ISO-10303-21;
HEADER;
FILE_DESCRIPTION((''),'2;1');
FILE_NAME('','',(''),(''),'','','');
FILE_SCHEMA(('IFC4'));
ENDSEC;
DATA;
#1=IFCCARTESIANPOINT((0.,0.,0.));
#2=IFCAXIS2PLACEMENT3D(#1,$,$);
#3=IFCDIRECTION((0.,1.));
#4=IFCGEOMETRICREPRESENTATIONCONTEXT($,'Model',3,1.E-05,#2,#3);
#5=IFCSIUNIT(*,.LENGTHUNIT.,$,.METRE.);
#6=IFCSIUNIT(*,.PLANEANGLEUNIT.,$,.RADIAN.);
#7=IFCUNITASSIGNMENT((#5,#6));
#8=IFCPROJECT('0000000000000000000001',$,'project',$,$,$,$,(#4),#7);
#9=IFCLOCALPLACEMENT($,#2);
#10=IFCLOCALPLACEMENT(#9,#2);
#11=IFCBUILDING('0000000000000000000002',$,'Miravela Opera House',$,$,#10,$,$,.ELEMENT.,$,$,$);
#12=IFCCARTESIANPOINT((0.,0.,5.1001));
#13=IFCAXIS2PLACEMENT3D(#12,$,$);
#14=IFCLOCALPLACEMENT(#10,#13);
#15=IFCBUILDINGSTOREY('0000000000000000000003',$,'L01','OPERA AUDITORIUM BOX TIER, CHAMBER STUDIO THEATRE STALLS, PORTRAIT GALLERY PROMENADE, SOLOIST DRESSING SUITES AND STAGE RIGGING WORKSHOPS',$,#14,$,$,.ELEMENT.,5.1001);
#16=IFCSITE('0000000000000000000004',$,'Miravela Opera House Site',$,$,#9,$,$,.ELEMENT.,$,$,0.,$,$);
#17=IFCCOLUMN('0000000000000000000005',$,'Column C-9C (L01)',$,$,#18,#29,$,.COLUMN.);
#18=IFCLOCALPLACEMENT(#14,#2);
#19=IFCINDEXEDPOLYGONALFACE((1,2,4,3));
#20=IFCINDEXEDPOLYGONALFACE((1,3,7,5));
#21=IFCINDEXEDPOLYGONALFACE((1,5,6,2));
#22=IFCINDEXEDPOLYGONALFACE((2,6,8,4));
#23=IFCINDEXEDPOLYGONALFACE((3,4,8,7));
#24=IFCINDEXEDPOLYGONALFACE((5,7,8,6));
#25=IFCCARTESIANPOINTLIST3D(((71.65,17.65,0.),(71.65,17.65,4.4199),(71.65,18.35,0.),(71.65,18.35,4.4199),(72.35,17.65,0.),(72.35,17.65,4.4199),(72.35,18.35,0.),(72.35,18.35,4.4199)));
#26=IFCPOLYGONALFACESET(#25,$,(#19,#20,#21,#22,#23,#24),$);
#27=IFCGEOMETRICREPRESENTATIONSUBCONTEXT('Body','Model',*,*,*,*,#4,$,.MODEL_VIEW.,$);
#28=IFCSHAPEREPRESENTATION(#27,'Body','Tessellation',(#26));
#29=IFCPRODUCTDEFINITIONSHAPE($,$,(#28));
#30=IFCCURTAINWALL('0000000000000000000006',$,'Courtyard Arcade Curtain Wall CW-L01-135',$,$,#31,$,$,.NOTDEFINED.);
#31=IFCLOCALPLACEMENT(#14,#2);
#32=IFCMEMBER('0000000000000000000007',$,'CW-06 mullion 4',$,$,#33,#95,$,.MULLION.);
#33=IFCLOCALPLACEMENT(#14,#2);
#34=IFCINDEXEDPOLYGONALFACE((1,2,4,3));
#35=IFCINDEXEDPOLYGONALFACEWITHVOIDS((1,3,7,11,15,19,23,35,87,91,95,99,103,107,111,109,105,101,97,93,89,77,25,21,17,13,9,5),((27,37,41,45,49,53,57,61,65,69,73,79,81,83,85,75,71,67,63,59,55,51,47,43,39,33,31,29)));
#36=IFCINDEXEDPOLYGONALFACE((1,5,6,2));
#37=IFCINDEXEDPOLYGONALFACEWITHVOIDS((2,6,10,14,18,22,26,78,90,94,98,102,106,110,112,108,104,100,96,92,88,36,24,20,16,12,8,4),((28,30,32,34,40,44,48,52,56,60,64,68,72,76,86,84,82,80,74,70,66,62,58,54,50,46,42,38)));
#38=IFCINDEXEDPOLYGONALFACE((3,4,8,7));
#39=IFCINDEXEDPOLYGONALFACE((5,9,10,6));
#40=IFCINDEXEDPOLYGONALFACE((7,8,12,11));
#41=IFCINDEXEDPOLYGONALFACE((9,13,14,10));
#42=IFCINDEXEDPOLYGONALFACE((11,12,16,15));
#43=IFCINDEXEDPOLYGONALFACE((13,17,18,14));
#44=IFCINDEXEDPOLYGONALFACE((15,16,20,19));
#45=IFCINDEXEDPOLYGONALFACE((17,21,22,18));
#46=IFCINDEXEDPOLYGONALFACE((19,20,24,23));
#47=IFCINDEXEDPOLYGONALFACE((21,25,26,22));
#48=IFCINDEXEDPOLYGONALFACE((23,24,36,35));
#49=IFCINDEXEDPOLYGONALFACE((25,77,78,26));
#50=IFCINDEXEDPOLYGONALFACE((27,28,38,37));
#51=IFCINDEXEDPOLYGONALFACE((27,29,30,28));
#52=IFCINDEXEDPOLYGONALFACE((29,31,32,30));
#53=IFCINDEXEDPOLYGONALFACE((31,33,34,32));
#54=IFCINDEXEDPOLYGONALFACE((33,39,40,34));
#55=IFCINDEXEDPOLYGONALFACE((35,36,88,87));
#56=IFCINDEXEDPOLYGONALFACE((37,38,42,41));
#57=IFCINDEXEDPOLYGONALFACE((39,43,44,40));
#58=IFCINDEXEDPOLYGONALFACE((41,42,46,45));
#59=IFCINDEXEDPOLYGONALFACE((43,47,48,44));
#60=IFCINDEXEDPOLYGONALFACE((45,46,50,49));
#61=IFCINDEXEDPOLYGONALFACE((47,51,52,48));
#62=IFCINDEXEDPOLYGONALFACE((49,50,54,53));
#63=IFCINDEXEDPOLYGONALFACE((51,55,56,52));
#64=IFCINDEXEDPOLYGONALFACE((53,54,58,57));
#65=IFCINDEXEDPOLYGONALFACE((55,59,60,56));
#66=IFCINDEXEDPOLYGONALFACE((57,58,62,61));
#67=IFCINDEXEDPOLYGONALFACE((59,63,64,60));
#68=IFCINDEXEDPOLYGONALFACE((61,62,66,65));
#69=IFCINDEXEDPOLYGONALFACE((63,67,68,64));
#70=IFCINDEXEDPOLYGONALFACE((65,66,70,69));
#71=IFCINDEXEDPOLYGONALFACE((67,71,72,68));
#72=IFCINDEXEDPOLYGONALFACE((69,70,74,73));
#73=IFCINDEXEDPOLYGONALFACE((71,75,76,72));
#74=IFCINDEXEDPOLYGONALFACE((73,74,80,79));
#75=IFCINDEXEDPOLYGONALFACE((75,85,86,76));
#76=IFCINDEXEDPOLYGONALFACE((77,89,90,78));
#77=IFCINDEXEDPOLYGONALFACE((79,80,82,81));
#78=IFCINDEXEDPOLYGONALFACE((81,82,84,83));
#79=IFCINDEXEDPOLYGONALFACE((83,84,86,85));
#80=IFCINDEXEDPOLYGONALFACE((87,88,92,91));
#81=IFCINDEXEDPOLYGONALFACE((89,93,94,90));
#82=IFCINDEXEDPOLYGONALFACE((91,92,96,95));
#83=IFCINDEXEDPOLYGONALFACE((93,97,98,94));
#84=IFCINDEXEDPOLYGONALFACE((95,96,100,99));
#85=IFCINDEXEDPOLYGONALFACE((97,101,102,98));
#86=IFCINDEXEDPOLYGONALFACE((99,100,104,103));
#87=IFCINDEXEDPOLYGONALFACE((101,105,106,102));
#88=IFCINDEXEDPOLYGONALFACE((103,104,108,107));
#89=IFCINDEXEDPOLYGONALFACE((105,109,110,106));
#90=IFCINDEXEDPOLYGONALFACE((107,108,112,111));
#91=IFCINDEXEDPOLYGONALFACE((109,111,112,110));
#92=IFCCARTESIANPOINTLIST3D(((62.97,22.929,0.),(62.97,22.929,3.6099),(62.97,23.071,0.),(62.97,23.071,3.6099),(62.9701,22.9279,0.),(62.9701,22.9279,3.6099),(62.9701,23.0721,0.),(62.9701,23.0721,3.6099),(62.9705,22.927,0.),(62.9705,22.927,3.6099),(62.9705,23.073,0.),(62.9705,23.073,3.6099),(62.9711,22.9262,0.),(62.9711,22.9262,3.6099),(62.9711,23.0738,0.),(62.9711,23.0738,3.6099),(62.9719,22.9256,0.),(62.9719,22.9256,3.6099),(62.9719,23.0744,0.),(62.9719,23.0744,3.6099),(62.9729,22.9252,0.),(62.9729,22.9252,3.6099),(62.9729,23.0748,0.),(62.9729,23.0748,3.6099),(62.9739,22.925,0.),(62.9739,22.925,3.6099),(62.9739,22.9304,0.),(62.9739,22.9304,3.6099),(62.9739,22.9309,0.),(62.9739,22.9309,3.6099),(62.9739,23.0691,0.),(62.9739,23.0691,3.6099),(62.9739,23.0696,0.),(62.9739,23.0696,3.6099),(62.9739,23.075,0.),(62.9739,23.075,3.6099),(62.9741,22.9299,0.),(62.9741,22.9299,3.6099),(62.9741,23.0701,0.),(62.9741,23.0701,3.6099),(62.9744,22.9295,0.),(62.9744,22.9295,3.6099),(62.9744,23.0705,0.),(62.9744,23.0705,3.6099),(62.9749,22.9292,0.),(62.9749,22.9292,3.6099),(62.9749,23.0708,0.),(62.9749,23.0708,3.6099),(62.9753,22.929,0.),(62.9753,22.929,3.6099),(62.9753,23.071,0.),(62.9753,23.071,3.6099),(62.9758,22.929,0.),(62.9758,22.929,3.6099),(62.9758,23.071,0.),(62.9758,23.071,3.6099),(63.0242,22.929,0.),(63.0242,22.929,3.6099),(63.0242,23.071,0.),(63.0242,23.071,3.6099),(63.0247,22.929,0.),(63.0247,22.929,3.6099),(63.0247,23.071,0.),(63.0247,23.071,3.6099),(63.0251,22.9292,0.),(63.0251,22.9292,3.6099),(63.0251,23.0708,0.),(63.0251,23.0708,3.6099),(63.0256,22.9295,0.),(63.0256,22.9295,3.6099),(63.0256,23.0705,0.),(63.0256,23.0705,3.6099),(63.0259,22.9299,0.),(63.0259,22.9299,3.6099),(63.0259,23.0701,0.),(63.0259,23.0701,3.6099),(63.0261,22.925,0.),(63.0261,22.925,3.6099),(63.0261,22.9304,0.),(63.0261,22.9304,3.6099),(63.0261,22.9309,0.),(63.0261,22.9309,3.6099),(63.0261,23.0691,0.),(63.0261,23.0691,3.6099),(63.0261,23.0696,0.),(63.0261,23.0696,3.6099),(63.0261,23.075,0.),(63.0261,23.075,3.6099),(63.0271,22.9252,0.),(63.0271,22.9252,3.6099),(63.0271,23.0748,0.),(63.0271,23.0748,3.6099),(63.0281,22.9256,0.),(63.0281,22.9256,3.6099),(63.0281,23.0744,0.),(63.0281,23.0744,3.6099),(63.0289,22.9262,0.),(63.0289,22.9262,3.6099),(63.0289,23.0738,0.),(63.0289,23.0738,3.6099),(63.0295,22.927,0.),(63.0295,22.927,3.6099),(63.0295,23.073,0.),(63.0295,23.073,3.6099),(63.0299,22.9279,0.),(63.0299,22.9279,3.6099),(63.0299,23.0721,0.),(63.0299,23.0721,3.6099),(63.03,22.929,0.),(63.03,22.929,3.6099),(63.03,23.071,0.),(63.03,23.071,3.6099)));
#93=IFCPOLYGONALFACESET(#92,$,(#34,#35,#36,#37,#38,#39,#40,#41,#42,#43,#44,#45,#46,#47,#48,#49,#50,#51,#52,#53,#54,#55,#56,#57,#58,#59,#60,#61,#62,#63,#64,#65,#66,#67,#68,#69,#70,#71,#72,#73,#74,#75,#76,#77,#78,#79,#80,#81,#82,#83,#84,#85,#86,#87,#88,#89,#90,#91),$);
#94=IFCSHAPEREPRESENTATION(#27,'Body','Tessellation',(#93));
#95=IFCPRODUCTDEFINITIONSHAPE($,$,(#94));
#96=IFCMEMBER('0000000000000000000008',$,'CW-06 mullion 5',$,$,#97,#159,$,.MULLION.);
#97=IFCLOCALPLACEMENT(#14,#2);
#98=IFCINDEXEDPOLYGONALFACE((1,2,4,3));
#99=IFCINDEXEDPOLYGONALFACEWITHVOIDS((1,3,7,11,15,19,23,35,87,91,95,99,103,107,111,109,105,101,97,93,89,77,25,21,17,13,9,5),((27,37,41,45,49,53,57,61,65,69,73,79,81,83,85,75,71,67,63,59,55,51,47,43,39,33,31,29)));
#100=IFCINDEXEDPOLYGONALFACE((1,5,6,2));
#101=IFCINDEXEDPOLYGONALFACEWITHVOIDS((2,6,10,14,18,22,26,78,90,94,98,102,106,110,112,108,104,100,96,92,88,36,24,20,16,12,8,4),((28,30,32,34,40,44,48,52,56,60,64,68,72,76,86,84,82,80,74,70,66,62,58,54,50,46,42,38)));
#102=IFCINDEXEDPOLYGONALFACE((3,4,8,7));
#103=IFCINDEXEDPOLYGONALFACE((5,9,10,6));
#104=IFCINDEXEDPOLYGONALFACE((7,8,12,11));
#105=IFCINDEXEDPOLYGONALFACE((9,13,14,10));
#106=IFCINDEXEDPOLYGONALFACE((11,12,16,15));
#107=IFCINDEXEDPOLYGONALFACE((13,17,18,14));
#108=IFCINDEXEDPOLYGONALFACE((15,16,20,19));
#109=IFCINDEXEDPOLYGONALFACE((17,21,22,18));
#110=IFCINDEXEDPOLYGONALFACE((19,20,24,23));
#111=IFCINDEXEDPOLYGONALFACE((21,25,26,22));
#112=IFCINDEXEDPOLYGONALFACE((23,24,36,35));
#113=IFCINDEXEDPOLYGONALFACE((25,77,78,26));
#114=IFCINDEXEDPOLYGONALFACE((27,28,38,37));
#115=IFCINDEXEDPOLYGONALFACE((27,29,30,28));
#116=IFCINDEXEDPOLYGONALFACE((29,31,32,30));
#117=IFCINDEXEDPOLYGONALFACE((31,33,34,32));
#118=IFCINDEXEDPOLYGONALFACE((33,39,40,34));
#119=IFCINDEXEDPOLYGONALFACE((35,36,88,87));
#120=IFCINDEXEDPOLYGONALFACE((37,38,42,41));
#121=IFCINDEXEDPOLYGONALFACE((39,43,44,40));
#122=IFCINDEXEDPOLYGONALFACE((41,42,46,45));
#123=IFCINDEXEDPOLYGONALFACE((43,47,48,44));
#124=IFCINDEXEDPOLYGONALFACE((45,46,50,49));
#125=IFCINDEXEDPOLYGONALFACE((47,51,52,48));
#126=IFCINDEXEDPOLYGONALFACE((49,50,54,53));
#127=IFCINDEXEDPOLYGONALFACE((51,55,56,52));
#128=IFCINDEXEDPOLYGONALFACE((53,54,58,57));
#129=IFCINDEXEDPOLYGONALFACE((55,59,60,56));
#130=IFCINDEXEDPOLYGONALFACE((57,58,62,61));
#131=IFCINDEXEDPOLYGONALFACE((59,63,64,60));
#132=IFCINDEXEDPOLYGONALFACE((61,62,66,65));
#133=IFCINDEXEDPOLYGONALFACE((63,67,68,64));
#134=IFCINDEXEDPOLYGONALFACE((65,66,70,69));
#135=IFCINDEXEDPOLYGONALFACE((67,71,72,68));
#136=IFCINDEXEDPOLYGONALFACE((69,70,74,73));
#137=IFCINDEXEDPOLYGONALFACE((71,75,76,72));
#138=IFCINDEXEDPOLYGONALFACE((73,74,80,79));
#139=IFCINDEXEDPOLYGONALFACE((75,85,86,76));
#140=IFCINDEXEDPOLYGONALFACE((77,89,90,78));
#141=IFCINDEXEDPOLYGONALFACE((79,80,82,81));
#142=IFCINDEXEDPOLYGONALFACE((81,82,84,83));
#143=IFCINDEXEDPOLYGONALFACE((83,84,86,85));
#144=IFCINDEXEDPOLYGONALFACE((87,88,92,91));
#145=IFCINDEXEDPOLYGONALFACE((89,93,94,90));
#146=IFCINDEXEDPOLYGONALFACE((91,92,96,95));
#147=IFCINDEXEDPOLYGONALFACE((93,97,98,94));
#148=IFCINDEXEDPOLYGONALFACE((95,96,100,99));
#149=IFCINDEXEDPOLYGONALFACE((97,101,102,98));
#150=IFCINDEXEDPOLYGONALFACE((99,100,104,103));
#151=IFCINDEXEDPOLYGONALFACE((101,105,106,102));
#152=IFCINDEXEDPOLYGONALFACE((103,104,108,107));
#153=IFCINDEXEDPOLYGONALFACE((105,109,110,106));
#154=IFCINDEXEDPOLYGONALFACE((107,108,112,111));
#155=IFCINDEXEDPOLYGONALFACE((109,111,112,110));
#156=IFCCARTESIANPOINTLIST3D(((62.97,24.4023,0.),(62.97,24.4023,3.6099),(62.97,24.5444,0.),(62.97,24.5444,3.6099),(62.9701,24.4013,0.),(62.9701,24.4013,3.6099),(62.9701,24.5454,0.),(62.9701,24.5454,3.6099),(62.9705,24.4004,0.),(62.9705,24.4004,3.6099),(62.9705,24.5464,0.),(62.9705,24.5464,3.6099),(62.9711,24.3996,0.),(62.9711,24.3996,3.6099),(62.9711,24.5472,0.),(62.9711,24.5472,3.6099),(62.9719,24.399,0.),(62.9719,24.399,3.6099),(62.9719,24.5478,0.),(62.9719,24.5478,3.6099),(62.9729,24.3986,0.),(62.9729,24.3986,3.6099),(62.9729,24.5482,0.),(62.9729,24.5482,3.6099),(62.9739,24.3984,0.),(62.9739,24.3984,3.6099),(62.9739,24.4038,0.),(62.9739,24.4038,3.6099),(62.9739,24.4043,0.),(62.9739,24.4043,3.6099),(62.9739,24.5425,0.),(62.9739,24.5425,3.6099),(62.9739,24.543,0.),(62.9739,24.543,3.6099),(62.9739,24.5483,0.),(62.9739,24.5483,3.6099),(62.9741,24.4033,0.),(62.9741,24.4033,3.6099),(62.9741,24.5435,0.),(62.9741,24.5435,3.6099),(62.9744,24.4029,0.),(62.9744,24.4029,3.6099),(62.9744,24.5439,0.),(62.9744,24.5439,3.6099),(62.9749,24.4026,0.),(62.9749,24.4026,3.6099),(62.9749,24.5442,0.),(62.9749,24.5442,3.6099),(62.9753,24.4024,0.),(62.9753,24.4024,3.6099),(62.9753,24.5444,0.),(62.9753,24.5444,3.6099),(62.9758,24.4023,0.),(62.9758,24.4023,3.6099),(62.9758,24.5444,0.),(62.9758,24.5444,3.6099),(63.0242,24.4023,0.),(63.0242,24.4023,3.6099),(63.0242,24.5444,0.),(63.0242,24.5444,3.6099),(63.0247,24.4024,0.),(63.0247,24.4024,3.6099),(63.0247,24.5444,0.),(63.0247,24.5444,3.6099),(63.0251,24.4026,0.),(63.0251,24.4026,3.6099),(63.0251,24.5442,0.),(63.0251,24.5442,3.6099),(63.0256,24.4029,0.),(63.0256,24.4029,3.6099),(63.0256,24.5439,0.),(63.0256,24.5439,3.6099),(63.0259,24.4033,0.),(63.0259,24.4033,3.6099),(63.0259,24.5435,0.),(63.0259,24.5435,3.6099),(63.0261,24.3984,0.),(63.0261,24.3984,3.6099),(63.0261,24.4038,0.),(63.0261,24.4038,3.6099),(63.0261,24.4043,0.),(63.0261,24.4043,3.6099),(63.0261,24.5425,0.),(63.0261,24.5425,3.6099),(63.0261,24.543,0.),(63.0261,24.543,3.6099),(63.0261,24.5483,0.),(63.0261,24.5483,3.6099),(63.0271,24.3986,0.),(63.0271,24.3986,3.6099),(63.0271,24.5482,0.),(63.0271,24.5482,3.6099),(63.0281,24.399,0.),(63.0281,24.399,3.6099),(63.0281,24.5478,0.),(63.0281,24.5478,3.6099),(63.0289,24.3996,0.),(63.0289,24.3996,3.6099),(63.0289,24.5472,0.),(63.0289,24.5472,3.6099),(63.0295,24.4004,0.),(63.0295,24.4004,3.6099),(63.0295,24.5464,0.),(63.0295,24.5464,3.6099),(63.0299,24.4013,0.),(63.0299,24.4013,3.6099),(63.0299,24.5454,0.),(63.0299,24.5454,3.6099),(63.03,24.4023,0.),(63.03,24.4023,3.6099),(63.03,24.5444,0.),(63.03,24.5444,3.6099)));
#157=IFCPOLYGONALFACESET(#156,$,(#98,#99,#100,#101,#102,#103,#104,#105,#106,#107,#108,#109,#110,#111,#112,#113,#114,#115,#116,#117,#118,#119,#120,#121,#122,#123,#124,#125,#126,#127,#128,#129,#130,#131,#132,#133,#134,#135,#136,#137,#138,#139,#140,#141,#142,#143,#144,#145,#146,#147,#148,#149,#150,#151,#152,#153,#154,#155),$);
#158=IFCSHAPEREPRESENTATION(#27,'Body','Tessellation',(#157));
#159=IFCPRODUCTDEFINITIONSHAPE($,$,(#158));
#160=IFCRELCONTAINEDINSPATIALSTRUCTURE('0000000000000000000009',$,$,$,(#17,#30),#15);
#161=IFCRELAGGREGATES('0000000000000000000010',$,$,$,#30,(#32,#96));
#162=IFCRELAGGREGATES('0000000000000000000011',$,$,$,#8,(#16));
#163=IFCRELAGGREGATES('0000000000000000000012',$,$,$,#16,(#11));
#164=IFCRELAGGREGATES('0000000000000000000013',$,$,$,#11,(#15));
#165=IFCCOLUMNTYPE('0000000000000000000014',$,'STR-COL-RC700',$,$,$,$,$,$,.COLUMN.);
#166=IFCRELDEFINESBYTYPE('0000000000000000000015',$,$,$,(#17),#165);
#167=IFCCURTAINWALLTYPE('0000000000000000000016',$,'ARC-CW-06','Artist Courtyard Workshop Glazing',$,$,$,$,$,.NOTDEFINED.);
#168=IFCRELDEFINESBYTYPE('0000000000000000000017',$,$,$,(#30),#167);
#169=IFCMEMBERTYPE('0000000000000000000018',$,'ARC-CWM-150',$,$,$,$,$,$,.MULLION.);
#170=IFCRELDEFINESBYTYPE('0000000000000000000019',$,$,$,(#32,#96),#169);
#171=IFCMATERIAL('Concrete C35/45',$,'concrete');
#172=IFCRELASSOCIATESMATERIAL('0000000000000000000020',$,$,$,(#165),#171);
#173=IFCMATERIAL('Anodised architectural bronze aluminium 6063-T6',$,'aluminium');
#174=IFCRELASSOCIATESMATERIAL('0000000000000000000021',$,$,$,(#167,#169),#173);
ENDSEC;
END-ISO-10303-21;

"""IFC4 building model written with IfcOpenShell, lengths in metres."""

from ifc_helpers import new_model, si_unit, direction, frame, origin, origin_2d, place, context, subcontext, project, spatial, rectangle, hollow_rectangle, extrude, material, material_profile, profile_set, type_object, element, aggregate, save


model = new_model("IFC4")

# Units and contexts
model_context = context("Model", 3, precision=1e-05, world=origin(), true_north=direction((0.0, 1.0)))
body_context = subcontext(model_context, "Body", "Model", "MODEL_VIEW")
ifc_project = project(units=[si_unit("LENGTHUNIT", "METRE"), si_unit("PLANEANGLEUNIT", "RADIAN")], contexts=[model_context])

# Site, building, storey
site_placement = place(None, origin())
site = spatial("IfcSite", under=ifc_project, at=site_placement, Name="Miravela Opera House Site", CompositionType="ELEMENT", RefElevation=0.0)
building_placement = place(site_placement, origin())
building = spatial("IfcBuilding", under=site, at=building_placement, Name="Miravela Opera House", CompositionType="ELEMENT")
storey_placement = place(building_placement, frame((0.0, 0.0, 5.1001)))
storey = spatial("IfcBuildingStorey", under=building, at=storey_placement, Name="L01", Description="OPERA AUDITORIUM BOX TIER, CHAMBER STUDIO THEATRE STALLS, PORTRAIT GALLERY PROMENADE, SOLOIST DRESSING SUITES AND STAGE RIGGING WORKSHOPS", CompositionType="ELEMENT", Elevation=5.1001)

# Column
ifc_material_1 = material(Name="Concrete C35/45", Category="concrete")
ifc_material_profile_1 = material_profile(ifc_material_1, rectangle(XDim=0.7, YDim=0.7, at=origin_2d()), Name="RC-COL-700X700")
ifc_profile_set_1 = profile_set([ifc_material_profile_1])
column_type = type_object("IfcColumnType", Name="STR-COL-RC700", PredefinedType="COLUMN", material=ifc_profile_set_1)
column_placement = place(storey_placement, frame((72.0, 18.0, 0.0), z_axis=(0.0, 0.0, 1.0), x_axis=(1.0, 0.0, 0.0)))
element("IfcColumn", 1, at=column_placement, inside=storey, type_object=column_type, Name="Column C-9C (L01)", PredefinedType="COLUMN", context=body_context, shape_type="SweptSolid", body=[
    extrude(rectangle(XDim=0.7, YDim=0.7, at=origin_2d()), origin(), (0.0, 0.0, 1.0), 4.4199),
])

# Curtain wall, members
ifc_material_2 = material(Name="Anodised architectural bronze aluminium 6063-T6", Category="aluminium")
curtain_wall_type = type_object("IfcCurtainWallType", Name="ARC-CW-06", Description="Artist Courtyard Workshop Glazing", PredefinedType="NOTDEFINED", material=ifc_material_2)
curtain_wall_placement = place(storey_placement, origin())
curtain_wall = element("IfcCurtainWall", 2, at=curtain_wall_placement, inside=storey, type_object=curtain_wall_type, Name="Courtyard Arcade Curtain Wall CW-L01-135", PredefinedType="NOTDEFINED")
ifc_material_profile_2 = material_profile(ifc_material_2, hollow_rectangle(XDim=0.0601, YDim=0.1499, WallThickness=0.0039, InnerFilletRadius=0.002, OuterFilletRadius=0.0039, at=origin_2d()), Name="CWM-60X150")
ifc_profile_set_2 = profile_set([ifc_material_profile_2])
member_type_1 = type_object("IfcMemberType", Name="ARC-CWM-150", PredefinedType="MULLION", material=ifc_profile_set_2)
member_1_placement = place(storey_placement, frame((63.0, 23.0, 0.0), z_axis=(0.0, 0.0, 1.0), x_axis=(-1.0, 0.0, 0.0)))
member_1 = element("IfcMember", 3, at=member_1_placement, type_object=member_type_1, Name="CW-06 mullion 4", PredefinedType="MULLION", context=body_context, shape_type="SweptSolid", body=[
    extrude(hollow_rectangle(XDim=0.0601, YDim=0.1499, WallThickness=0.0039, InnerFilletRadius=0.002, OuterFilletRadius=0.0039, at=origin_2d()), origin(), (0.0, 0.0, 1.0), 3.6099),
])
member_2_placement = place(storey_placement, frame((63.0, 24.4734, 0.0), z_axis=(0.0, 0.0, 1.0), x_axis=(-1.0, 0.0, 0.0)))
member_2 = element("IfcMember", 4, at=member_2_placement, type_object=member_type_1, Name="CW-06 mullion 5", PredefinedType="MULLION", context=body_context, shape_type="SweptSolid", body=[
    extrude(hollow_rectangle(XDim=0.0601, YDim=0.1499, WallThickness=0.0039, InnerFilletRadius=0.002, OuterFilletRadius=0.0039, at=origin_2d()), origin(), (0.0, 0.0, 1.0), 3.6099),
])

aggregate(curtain_wall, [member_1, member_2])

save(model, "model.ifc")
